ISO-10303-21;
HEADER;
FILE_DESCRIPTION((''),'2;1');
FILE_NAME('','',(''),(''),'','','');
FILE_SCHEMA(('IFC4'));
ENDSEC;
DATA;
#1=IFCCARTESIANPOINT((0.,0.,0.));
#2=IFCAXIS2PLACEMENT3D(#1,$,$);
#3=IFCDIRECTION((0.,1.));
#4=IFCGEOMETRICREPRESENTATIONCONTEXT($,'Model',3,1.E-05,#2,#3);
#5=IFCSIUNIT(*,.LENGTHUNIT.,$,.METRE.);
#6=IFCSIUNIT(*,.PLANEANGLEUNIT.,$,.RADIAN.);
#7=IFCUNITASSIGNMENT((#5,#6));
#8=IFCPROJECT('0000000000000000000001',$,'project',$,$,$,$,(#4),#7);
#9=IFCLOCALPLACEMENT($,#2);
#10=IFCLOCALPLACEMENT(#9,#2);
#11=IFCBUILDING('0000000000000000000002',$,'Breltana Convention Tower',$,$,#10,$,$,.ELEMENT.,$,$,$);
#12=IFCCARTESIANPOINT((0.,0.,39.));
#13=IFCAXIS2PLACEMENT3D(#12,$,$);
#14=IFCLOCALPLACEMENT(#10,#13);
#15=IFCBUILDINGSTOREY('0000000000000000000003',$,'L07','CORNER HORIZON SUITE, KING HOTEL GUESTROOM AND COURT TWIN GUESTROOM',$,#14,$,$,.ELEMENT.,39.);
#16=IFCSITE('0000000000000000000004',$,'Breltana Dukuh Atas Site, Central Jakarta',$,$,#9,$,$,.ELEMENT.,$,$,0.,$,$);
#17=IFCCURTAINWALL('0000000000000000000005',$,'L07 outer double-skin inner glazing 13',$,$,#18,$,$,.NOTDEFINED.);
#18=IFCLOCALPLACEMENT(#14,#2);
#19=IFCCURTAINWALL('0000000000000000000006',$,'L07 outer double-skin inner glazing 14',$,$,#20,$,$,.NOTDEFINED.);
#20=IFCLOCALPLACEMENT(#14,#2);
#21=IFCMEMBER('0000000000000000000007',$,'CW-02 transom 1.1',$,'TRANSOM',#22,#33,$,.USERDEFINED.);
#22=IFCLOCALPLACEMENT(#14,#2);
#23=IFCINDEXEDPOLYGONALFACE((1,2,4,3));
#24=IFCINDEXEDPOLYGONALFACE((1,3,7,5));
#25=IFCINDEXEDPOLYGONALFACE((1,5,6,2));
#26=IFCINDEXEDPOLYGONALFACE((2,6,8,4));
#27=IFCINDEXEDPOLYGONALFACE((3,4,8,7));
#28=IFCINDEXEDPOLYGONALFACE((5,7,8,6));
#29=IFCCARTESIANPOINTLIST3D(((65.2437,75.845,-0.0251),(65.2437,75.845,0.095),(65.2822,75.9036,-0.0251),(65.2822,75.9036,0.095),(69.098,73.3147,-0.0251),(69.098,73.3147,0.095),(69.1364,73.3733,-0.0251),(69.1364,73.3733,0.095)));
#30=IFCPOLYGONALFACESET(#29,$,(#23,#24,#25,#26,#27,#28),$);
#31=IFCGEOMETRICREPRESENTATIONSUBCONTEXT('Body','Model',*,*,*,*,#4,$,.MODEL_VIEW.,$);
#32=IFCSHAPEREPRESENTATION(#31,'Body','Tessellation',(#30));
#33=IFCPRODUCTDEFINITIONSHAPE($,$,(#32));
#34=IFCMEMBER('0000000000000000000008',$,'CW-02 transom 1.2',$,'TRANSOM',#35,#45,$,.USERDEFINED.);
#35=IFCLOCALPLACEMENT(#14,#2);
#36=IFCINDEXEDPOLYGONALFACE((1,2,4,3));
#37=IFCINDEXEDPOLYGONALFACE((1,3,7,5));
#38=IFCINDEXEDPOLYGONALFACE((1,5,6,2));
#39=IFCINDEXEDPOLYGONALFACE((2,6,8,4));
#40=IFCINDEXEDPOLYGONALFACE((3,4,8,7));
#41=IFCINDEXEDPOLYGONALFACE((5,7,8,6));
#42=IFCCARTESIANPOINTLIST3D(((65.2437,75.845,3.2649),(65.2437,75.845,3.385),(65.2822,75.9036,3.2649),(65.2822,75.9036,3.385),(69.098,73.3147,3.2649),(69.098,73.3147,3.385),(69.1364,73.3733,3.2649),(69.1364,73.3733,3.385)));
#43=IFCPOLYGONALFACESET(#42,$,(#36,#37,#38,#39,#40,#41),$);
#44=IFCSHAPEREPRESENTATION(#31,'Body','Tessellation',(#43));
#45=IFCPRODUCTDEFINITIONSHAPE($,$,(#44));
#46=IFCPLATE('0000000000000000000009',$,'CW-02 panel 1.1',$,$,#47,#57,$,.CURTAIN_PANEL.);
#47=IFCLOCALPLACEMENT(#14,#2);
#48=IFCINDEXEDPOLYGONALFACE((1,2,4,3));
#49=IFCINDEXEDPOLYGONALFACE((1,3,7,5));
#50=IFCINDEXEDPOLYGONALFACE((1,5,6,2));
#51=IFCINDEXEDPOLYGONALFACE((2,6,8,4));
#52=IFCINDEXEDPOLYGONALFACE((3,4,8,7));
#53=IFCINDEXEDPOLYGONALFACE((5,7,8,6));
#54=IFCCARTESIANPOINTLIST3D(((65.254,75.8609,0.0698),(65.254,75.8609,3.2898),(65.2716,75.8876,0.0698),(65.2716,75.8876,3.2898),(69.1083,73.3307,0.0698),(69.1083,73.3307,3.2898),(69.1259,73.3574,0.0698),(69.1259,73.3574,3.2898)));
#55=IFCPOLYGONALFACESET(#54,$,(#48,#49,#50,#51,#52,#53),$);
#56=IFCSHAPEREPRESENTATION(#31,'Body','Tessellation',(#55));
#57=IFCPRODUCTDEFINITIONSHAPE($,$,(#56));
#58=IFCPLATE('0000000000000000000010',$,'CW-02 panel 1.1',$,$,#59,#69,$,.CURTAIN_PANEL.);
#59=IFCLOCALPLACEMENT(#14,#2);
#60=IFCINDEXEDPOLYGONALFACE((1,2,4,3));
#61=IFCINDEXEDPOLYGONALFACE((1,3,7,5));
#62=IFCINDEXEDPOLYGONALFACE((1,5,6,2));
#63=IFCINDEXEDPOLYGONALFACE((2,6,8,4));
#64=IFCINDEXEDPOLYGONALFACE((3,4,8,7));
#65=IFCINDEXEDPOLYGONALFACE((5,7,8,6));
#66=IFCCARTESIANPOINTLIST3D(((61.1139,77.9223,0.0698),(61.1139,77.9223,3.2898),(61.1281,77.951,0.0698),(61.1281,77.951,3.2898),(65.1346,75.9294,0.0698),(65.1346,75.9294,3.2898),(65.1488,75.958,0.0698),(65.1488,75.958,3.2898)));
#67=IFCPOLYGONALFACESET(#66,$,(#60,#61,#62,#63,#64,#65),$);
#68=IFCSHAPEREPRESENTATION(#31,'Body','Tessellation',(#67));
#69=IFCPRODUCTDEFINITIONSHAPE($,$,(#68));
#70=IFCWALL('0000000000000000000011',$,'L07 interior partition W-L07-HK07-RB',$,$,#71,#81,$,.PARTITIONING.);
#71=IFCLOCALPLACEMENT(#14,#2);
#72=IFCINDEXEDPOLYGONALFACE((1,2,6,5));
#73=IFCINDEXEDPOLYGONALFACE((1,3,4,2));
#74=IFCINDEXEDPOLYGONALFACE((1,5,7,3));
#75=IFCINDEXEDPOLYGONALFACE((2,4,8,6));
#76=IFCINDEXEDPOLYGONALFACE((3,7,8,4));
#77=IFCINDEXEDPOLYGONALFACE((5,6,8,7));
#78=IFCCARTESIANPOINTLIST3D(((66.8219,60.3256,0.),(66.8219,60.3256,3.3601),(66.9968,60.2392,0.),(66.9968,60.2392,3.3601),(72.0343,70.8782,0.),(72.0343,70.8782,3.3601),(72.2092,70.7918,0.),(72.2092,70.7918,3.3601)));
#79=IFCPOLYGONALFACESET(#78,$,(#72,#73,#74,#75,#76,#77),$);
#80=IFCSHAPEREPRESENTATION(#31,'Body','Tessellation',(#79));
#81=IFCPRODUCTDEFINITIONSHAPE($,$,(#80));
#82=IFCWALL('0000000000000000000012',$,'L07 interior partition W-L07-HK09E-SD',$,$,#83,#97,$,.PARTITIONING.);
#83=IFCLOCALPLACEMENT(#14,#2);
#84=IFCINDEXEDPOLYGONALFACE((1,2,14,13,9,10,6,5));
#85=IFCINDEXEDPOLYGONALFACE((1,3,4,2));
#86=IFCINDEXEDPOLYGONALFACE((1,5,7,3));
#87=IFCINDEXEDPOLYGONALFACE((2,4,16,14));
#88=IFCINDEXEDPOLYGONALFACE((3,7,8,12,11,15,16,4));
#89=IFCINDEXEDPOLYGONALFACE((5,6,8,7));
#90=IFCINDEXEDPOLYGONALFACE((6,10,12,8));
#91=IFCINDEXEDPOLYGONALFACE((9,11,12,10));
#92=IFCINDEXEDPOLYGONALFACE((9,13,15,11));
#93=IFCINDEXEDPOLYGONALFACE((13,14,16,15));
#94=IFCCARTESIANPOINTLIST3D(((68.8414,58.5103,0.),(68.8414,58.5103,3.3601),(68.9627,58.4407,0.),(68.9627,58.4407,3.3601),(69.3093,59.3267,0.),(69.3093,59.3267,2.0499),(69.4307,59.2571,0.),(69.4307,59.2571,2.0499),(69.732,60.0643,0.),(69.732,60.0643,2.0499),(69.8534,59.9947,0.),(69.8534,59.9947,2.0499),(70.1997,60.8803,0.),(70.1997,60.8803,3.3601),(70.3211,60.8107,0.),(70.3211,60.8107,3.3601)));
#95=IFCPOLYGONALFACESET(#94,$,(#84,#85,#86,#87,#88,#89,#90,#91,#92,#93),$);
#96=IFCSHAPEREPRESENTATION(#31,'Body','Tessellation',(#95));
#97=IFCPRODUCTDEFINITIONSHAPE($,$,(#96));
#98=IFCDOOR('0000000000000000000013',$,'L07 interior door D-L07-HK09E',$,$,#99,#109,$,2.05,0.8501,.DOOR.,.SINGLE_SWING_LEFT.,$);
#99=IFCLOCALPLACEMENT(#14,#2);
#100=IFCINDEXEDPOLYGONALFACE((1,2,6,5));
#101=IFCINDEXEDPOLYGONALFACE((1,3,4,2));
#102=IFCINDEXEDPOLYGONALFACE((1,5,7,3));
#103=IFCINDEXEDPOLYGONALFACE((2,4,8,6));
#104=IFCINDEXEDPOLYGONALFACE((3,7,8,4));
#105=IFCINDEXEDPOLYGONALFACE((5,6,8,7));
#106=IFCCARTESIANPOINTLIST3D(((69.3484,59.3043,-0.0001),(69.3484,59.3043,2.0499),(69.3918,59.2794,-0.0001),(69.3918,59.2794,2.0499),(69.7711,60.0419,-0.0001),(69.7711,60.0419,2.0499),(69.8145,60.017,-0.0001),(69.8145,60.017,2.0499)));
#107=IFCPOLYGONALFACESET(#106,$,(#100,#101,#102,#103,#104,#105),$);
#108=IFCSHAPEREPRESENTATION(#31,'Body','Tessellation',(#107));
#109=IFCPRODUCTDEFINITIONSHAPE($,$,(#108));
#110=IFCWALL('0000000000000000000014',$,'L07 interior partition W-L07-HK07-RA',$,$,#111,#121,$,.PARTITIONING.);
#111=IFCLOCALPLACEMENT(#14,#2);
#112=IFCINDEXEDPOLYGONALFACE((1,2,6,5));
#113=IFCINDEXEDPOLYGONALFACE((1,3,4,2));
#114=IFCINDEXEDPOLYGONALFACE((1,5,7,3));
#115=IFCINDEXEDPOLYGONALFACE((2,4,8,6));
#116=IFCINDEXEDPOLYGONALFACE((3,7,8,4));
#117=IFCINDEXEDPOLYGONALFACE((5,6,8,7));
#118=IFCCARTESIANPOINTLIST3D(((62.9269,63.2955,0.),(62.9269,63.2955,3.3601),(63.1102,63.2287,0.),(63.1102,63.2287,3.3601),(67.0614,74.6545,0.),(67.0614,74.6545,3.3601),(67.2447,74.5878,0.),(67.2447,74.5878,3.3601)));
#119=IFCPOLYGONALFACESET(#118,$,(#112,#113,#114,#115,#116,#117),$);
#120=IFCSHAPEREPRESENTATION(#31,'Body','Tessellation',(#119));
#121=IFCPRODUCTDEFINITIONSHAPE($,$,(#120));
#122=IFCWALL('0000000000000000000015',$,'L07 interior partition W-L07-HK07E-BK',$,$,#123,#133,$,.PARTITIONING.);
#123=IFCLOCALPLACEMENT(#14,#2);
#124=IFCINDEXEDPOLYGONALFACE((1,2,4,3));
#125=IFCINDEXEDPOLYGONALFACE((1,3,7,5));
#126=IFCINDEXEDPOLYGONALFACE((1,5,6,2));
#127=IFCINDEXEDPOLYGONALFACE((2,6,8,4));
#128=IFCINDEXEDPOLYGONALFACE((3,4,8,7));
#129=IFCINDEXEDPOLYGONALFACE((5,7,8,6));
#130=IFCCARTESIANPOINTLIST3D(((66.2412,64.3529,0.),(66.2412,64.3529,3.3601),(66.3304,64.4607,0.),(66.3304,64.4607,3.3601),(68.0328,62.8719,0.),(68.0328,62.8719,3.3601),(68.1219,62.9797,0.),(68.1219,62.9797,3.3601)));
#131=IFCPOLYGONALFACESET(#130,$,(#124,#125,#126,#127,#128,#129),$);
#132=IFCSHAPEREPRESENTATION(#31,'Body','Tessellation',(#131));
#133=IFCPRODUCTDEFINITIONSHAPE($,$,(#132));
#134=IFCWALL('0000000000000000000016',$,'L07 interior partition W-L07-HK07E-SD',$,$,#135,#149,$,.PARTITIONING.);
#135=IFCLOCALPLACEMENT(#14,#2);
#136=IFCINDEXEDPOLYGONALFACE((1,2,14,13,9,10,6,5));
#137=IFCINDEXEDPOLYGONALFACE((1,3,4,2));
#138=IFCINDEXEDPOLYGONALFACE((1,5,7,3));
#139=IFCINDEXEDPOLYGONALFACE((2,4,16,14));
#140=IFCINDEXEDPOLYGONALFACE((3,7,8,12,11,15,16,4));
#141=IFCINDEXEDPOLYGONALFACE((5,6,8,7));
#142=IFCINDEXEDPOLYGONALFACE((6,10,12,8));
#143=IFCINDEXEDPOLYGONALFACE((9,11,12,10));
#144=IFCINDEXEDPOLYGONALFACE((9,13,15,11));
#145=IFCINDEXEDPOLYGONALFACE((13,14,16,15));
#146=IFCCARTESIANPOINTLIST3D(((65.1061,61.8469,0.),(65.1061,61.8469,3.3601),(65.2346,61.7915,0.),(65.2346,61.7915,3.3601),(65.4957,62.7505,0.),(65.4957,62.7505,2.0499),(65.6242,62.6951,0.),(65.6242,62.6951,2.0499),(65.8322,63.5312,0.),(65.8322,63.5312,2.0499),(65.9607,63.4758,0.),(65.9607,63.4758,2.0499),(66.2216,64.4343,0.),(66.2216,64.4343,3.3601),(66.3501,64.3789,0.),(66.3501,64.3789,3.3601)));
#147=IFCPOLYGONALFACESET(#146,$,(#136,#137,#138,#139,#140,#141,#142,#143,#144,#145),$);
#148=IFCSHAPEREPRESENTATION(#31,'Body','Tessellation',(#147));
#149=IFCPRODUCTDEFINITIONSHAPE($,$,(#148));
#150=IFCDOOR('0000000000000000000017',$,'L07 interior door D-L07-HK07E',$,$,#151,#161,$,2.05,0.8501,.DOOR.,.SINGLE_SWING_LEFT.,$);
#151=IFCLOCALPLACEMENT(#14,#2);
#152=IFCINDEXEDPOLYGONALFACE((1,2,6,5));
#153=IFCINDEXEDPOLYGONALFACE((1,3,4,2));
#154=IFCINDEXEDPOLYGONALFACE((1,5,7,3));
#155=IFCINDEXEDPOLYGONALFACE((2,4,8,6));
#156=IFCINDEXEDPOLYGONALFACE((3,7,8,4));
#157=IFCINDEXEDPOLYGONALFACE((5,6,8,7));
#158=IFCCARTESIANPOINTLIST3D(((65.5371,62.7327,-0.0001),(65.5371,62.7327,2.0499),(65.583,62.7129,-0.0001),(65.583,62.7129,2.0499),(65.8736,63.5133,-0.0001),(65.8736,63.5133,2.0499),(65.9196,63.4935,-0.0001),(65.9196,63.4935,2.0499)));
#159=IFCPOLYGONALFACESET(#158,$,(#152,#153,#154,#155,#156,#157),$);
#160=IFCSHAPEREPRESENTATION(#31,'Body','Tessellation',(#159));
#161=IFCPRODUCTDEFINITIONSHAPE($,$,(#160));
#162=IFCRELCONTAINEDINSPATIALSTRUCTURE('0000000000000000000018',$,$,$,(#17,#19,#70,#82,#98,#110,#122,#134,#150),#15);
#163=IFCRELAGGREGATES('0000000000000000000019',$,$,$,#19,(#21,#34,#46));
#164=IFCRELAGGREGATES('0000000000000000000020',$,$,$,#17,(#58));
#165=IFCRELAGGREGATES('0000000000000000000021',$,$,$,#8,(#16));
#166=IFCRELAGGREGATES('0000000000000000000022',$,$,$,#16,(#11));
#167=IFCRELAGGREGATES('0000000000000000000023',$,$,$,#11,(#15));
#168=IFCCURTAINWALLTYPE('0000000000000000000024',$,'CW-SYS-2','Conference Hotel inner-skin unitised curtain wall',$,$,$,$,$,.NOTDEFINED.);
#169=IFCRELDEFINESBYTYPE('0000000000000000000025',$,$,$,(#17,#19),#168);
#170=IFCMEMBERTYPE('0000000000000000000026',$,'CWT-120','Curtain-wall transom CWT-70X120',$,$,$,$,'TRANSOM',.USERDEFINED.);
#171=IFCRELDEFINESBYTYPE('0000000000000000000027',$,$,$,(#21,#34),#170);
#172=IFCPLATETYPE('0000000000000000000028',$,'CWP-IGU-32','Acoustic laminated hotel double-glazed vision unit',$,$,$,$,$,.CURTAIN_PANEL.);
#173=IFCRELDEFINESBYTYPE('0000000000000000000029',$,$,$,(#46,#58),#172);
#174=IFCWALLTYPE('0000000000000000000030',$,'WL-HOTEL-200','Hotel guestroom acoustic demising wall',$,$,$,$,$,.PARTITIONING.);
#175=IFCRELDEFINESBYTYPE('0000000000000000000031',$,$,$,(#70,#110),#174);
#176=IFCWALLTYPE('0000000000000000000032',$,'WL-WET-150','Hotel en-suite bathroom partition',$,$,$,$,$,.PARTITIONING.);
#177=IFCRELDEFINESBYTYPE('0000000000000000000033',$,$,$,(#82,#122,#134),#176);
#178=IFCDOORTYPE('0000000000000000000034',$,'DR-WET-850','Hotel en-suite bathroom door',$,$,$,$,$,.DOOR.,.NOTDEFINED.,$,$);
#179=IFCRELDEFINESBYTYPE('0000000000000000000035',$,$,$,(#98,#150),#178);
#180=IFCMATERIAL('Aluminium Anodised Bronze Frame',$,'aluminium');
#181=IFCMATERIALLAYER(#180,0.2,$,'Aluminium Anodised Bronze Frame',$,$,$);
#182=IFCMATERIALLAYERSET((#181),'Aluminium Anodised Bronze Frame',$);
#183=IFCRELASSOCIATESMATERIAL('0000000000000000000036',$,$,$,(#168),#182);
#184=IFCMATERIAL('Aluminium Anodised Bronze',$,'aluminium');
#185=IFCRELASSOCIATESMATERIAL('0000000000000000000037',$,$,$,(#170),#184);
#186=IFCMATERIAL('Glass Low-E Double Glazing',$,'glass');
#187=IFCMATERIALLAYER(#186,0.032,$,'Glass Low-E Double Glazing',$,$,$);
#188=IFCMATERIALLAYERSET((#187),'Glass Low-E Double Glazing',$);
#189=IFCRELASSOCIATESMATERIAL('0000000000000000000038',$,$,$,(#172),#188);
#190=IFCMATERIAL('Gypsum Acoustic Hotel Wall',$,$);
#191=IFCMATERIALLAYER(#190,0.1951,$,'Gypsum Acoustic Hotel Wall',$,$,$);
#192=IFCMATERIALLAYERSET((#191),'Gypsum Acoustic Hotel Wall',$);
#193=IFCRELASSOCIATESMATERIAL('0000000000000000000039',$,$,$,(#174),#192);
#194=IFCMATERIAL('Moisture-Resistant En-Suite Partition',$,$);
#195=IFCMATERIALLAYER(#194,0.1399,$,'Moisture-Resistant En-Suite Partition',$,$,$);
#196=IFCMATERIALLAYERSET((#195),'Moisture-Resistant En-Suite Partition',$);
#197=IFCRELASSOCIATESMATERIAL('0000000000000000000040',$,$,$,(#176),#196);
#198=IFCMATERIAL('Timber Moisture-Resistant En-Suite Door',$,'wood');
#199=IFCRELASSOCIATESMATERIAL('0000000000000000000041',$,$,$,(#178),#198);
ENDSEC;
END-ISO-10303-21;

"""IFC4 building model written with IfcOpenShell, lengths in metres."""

from ifc_helpers import new_model, si_unit, direction, frame, frame_2d, origin, origin_2d, place, context, subcontext, project, spatial, rectangle, extrude, source, transform, mapped, material, layer, layer_set, material_profile, profile_set, type_object, type_shapes, element, fill, aggregate, save


model = new_model("IFC4")

# Units and contexts
model_context = context("Model", 3, precision=1e-05, world=origin(), true_north=direction((0.0, 1.0)))
body_context = subcontext(model_context, "Body", "Model", "MODEL_VIEW")
ifc_project = project(units=[si_unit("LENGTHUNIT", "METRE"), si_unit("PLANEANGLEUNIT", "RADIAN")], contexts=[model_context])

# Site, building, storey
site_placement = place(None, origin())
site = spatial("IfcSite", under=ifc_project, at=site_placement, Name="Breltana Dukuh Atas Site, Central Jakarta", CompositionType="ELEMENT", RefElevation=0.0)
building_placement = place(site_placement, origin())
building = spatial("IfcBuilding", under=site, at=building_placement, Name="Breltana Convention Tower", CompositionType="ELEMENT")
storey_placement = place(building_placement, frame((0.0, 0.0, 39.0)))
storey = spatial("IfcBuildingStorey", under=building, at=storey_placement, Name="L07", Description="CORNER HORIZON SUITE, KING HOTEL GUESTROOM AND COURT TWIN GUESTROOM", CompositionType="ELEMENT", Elevation=39.0)

# Curtain wall
ifc_material_1 = material(Name="Aluminium Anodised Bronze Frame", Category="aluminium")
ifc_layer_1 = layer(ifc_material_1, 0.2, Name="Aluminium Anodised Bronze Frame")
ifc_layer_set_1 = layer_set([ifc_layer_1], Name="Aluminium Anodised Bronze Frame")
curtain_wall_type = type_object("IfcCurtainWallType", Name="CW-SYS-2", Description="Conference Hotel inner-skin unitised curtain wall", PredefinedType="NOTDEFINED", material=ifc_layer_set_1)
curtain_wall_1_placement = place(storey_placement, origin())
curtain_wall_1 = element("IfcCurtainWall", 1, at=curtain_wall_1_placement, inside=storey, type_object=curtain_wall_type, Name="L07 outer double-skin inner glazing 13", PredefinedType="NOTDEFINED")
ifc_material_2 = material(Name="Aluminium Anodised Bronze", Category="aluminium")

# Curtain wall
curtain_wall_2_placement = place(storey_placement, origin())
curtain_wall_2 = element("IfcCurtainWall", 2, at=curtain_wall_2_placement, inside=storey, type_object=curtain_wall_type, Name="L07 outer double-skin inner glazing 14", PredefinedType="NOTDEFINED")

# Members
ifc_material_profile_1 = material_profile(ifc_material_2, rectangle(XDim=0.0701, YDim=0.1201, at=origin_2d()), Name="CWT-70X120")
ifc_profile_set_1 = profile_set([ifc_material_profile_1], Name="Aluminium Anodised Bronze")
member_type_1 = type_object("IfcMemberType", Name="CWT-120", Description="Curtain-wall transom CWT-70X120", ElementType="TRANSOM", PredefinedType="USERDEFINED", material=ifc_profile_set_1)
shared_shape_1 = source(origin(), body_context, "Body", "SweptSolid", [
    extrude(rectangle(XDim=0.0701, YDim=0.1201, at=origin_2d()), origin(), (0.0, 0.0, 1.0), 4.6106),
])
member_1_placement = place(storey_placement, frame((65.2629, 75.8743, 0.0349), z_axis=(0.835956, -0.548796, 0.0), x_axis=(0.548796, 0.835956, 0.0)))
member_1 = element("IfcMember", 3, at=member_1_placement, type_object=member_type_1, Name="CW-02 transom 1.1", ObjectType="TRANSOM", PredefinedType="USERDEFINED", context=body_context, shape_type="MappedRepresentation", body=[
    mapped(shared_shape_1, transform((0.0, 0.0, 0.0), scale=1.0)),
])
member_2_placement = place(storey_placement, frame((65.2629, 75.8743, 3.325), z_axis=(0.835956, -0.548796, 0.0), x_axis=(0.548796, 0.835956, 0.0)))
member_2 = element("IfcMember", 4, at=member_2_placement, type_object=member_type_1, Name="CW-02 transom 1.2", ObjectType="TRANSOM", PredefinedType="USERDEFINED", context=body_context, shape_type="MappedRepresentation", body=[
    mapped(shared_shape_1, transform((0.0, 0.0, 0.0), scale=1.0)),
])

# Plates
ifc_material_3 = material(Name="Glass Low-E Double Glazing", Category="glass")
ifc_layer_2 = layer(ifc_material_3, 0.032, Name="Glass Low-E Double Glazing")
ifc_layer_set_2 = layer_set([ifc_layer_2], Name="Glass Low-E Double Glazing")
plate_type = type_object("IfcPlateType", Name="CWP-IGU-32", Description="Acoustic laminated hotel double-glazed vision unit", PredefinedType="CURTAIN_PANEL", material=ifc_layer_set_2)
shared_shape_2 = source(origin(), body_context, "Body", "SweptSolid", [
    extrude(rectangle(XDim=4.6106, YDim=0.032, at=origin_2d()), origin(), (0.0, 0.0, 1.0), 3.22),
])
plate_1_placement = place(storey_placement, frame((67.1899, 74.6091, 0.0698), z_axis=(0.0, 0.0, 1.0), x_axis=(0.835964, -0.548784, 0.0)))
plate_1 = element("IfcPlate", 5, at=plate_1_placement, type_object=plate_type, Name="CW-02 panel 1.1", PredefinedType="CURTAIN_PANEL", context=body_context, shape_type="MappedRepresentation", body=[
    mapped(shared_shape_2, transform((0.0, 0.0, 0.0), scale=1.0)),
])
aggregate(curtain_wall_2, [member_1, member_2, plate_1])
shared_shape_3 = source(origin(), body_context, "Body", "SweptSolid", [
    extrude(rectangle(XDim=4.4875, YDim=0.032, at=origin_2d()), origin(), (0.0, 0.0, 1.0), 3.22),
])
plate_2_placement = place(storey_placement, frame((63.1313, 76.9402, 0.0698), z_axis=(0.0, 0.0, 1.0), x_axis=(0.895973, -0.444108, 0.0)))
plate_2 = element("IfcPlate", 6, at=plate_2_placement, type_object=plate_type, Name="CW-02 panel 1.1", PredefinedType="CURTAIN_PANEL", context=body_context, shape_type="MappedRepresentation", body=[
    mapped(shared_shape_3, transform((0.0, 0.0, 0.0), scale=1.0)),
])
aggregate(curtain_wall_1, [plate_2])

# Shared definitions
ifc_material_4 = material(Name="Gypsum Acoustic Hotel Wall")
ifc_layer_3 = layer(ifc_material_4, 0.1951, Name="Gypsum Acoustic Hotel Wall")
ifc_layer_set_3 = layer_set([ifc_layer_3], Name="Gypsum Acoustic Hotel Wall")
wall_type_1 = type_object("IfcWallType", Name="WL-HOTEL-200", Description="Hotel guestroom acoustic demising wall", PredefinedType="PARTITIONING", material=ifc_layer_set_3)

# Wall
shared_shape_4 = source(origin(), body_context, "Body", "SweptSolid", [
    extrude(rectangle(XDim=11.7698, YDim=0.1951, at=frame_2d((5.8848, 0.0))), origin(), (0.0, 0.0, 1.0), 3.3601),
])
wall_1_placement = place(storey_placement, frame((66.9094, 60.2825, 0.0), z_axis=(0.0, 0.0, 1.0), x_axis=(0.442861, 0.89659, 0.0)))
element("IfcWall", 7, at=wall_1_placement, inside=storey, type_object=wall_type_1, Name="L07 interior partition W-L07-HK07-RB", PredefinedType="PARTITIONING", context=body_context, shape_type="MappedRepresentation", body=[
    mapped(shared_shape_4, transform((0.0, 0.0, 0.0), scale=1.0)),
])

# Wall, opening, door
ifc_material_5 = material(Name="Moisture-Resistant En-Suite Partition")
ifc_layer_4 = layer(ifc_material_5, 0.1399, Name="Moisture-Resistant En-Suite Partition")
ifc_layer_set_4 = layer_set([ifc_layer_4], Name="Moisture-Resistant En-Suite Partition")
wall_type_2 = type_object("IfcWallType", Name="WL-WET-150", Description="Hotel en-suite bathroom partition", PredefinedType="PARTITIONING", material=ifc_layer_set_4)
shared_shape_5 = source(origin(), body_context, "Body", "SweptSolid", [
    extrude(rectangle(XDim=2.7317, YDim=0.1399, at=frame_2d((1.3657, 0.0))), origin(), (0.0, 0.0, 1.0), 3.3601),
])
wall_2_placement = place(storey_placement, frame((68.9021, 58.4756, 0.0), z_axis=(0.0, 0.0, 1.0), x_axis=(0.497255, 0.867604, 0.0)))
wall_2 = element("IfcWall", 8, at=wall_2_placement, inside=storey, type_object=wall_type_2, Name="L07 interior partition W-L07-HK09E-SD", PredefinedType="PARTITIONING", context=body_context, shape_type="MappedRepresentation", body=[
    mapped(shared_shape_5, transform((0.0, 0.0, 0.0), scale=1.0)),
])
opening_1_placement = place(wall_2_placement, frame((0.9409, 0.0, 0.0)))
opening_1 = element("IfcOpeningElement", 9, at=opening_1_placement, cuts=wall_2, PredefinedType="OPENING", context=body_context, shape_type="SweptSolid", body=[
    extrude(rectangle(XDim=0.8501, YDim=2.05, at=frame_2d((0.425, 1.0249))), frame((0.0, 0.0801, 0.0), z_axis=(0.0, -1.0, 0.0), x_axis=(1.0, 0.0, 0.0)), (0.0, 0.0, 1.0), 0.1599),
])
ifc_material_6 = material(Name="Timber Moisture-Resistant En-Suite Door", Category="wood")
door_type_1 = type_object("IfcDoorType", Name="DR-WET-850", Description="Hotel en-suite bathroom door", OperationType="NOTDEFINED", PredefinedType="DOOR", material=ifc_material_6)
shared_shape_6 = source(origin(), body_context, "Body", "SweptSolid", [
    extrude(rectangle(XDim=0.8501, YDim=2.05, at=frame_2d((0.425, 1.0249))), frame((0.0, 0.0249, 0.0), z_axis=(0.0, -1.0, 0.0), x_axis=(1.0, 0.0, 0.0)), (0.0, 0.0, 1.0), 0.05),
])
type_shapes(door_type_1, [shared_shape_6])
door_1_placement = place(opening_1_placement, origin())
door_1 = element("IfcDoor", 10, at=door_1_placement, inside=storey, type_object=door_type_1, Name="L07 interior door D-L07-HK09E", OperationType="SINGLE_SWING_LEFT", OverallHeight=2.05, OverallWidth=0.8501, PredefinedType="DOOR", context=body_context, shape_type="MappedRepresentation", body=[
    mapped(shared_shape_6, transform((0.0, 0.0, 0.0), scale=1.0)),
])
fill(opening_1, door_1)

# Walls
shared_shape_7 = source(origin(), body_context, "Body", "SweptSolid", [
    extrude(rectangle(XDim=12.0881, YDim=0.1951, at=frame_2d((6.0439, 0.0))), origin(), (0.0, 0.0, 1.0), 3.3601),
])
wall_3_placement = place(storey_placement, frame((63.0186, 63.2622, 0.0), z_axis=(0.0, 0.0, 1.0), x_axis=(0.34203, 0.939689, 0.0)))
element("IfcWall", 11, at=wall_3_placement, inside=storey, type_object=wall_type_1, Name="L07 interior partition W-L07-HK07-RA", PredefinedType="PARTITIONING", context=body_context, shape_type="MappedRepresentation", body=[
    mapped(shared_shape_7, transform((0.0, 0.0, 0.0), scale=1.0)),
])
shared_shape_8 = source(origin(), body_context, "Body", "SweptSolid", [
    extrude(rectangle(XDim=2.3245, YDim=0.1399, at=frame_2d((1.1621, 0.0))), origin(), (0.0, 0.0, 1.0), 3.3601),
])
wall_4_placement = place(storey_placement, frame((66.2859, 64.4067, 0.0), z_axis=(0.0, 0.0, 1.0), x_axis=(0.770746, -0.637142, 0.0)))
element("IfcWall", 12, at=wall_4_placement, inside=storey, type_object=wall_type_2, Name="L07 interior partition W-L07-HK07E-BK", PredefinedType="PARTITIONING", context=body_context, shape_type="MappedRepresentation", body=[
    mapped(shared_shape_8, transform((0.0, 0.0, 0.0), scale=1.0)),
])

# Wall, opening, door
shared_shape_9 = source(origin(), body_context, "Body", "SweptSolid", [
    extrude(rectangle(XDim=2.8176, YDim=0.1399, at=frame_2d((1.4087, 0.0))), origin(), (0.0, 0.0, 1.0), 3.3601),
])
wall_5_placement = place(storey_placement, frame((65.1704, 61.8193, 0.0), z_axis=(0.0, 0.0, 1.0), x_axis=(0.395895, 0.918296, 0.0)))
wall_5 = element("IfcWall", 13, at=wall_5_placement, inside=storey, type_object=wall_type_2, Name="L07 interior partition W-L07-HK07E-SD", PredefinedType="PARTITIONING", context=body_context, shape_type="MappedRepresentation", body=[
    mapped(shared_shape_9, transform((0.0, 0.0, 0.0), scale=1.0)),
])
opening_2_placement = place(wall_5_placement, frame((0.9839, 0.0, 0.0)))
opening_2 = element("IfcOpeningElement", 14, at=opening_2_placement, cuts=wall_5, PredefinedType="OPENING", context=body_context, shape_type="SweptSolid", body=[
    extrude(rectangle(XDim=0.8501, YDim=2.05, at=frame_2d((0.425, 1.0249))), frame((0.0, 0.0801, 0.0), z_axis=(0.0, -1.0, 0.0), x_axis=(1.0, 0.0, 0.0)), (0.0, 0.0, 1.0), 0.1599),
])
door_2_placement = place(opening_2_placement, origin())
door_2 = element("IfcDoor", 15, at=door_2_placement, inside=storey, type_object=door_type_1, Name="L07 interior door D-L07-HK07E", OperationType="SINGLE_SWING_LEFT", OverallHeight=2.05, OverallWidth=0.8501, PredefinedType="DOOR", context=body_context, shape_type="MappedRepresentation", body=[
    mapped(shared_shape_6, transform((0.0, 0.0, 0.0), scale=1.0)),
])
fill(opening_2, door_2)

save(model, "model.ifc")
